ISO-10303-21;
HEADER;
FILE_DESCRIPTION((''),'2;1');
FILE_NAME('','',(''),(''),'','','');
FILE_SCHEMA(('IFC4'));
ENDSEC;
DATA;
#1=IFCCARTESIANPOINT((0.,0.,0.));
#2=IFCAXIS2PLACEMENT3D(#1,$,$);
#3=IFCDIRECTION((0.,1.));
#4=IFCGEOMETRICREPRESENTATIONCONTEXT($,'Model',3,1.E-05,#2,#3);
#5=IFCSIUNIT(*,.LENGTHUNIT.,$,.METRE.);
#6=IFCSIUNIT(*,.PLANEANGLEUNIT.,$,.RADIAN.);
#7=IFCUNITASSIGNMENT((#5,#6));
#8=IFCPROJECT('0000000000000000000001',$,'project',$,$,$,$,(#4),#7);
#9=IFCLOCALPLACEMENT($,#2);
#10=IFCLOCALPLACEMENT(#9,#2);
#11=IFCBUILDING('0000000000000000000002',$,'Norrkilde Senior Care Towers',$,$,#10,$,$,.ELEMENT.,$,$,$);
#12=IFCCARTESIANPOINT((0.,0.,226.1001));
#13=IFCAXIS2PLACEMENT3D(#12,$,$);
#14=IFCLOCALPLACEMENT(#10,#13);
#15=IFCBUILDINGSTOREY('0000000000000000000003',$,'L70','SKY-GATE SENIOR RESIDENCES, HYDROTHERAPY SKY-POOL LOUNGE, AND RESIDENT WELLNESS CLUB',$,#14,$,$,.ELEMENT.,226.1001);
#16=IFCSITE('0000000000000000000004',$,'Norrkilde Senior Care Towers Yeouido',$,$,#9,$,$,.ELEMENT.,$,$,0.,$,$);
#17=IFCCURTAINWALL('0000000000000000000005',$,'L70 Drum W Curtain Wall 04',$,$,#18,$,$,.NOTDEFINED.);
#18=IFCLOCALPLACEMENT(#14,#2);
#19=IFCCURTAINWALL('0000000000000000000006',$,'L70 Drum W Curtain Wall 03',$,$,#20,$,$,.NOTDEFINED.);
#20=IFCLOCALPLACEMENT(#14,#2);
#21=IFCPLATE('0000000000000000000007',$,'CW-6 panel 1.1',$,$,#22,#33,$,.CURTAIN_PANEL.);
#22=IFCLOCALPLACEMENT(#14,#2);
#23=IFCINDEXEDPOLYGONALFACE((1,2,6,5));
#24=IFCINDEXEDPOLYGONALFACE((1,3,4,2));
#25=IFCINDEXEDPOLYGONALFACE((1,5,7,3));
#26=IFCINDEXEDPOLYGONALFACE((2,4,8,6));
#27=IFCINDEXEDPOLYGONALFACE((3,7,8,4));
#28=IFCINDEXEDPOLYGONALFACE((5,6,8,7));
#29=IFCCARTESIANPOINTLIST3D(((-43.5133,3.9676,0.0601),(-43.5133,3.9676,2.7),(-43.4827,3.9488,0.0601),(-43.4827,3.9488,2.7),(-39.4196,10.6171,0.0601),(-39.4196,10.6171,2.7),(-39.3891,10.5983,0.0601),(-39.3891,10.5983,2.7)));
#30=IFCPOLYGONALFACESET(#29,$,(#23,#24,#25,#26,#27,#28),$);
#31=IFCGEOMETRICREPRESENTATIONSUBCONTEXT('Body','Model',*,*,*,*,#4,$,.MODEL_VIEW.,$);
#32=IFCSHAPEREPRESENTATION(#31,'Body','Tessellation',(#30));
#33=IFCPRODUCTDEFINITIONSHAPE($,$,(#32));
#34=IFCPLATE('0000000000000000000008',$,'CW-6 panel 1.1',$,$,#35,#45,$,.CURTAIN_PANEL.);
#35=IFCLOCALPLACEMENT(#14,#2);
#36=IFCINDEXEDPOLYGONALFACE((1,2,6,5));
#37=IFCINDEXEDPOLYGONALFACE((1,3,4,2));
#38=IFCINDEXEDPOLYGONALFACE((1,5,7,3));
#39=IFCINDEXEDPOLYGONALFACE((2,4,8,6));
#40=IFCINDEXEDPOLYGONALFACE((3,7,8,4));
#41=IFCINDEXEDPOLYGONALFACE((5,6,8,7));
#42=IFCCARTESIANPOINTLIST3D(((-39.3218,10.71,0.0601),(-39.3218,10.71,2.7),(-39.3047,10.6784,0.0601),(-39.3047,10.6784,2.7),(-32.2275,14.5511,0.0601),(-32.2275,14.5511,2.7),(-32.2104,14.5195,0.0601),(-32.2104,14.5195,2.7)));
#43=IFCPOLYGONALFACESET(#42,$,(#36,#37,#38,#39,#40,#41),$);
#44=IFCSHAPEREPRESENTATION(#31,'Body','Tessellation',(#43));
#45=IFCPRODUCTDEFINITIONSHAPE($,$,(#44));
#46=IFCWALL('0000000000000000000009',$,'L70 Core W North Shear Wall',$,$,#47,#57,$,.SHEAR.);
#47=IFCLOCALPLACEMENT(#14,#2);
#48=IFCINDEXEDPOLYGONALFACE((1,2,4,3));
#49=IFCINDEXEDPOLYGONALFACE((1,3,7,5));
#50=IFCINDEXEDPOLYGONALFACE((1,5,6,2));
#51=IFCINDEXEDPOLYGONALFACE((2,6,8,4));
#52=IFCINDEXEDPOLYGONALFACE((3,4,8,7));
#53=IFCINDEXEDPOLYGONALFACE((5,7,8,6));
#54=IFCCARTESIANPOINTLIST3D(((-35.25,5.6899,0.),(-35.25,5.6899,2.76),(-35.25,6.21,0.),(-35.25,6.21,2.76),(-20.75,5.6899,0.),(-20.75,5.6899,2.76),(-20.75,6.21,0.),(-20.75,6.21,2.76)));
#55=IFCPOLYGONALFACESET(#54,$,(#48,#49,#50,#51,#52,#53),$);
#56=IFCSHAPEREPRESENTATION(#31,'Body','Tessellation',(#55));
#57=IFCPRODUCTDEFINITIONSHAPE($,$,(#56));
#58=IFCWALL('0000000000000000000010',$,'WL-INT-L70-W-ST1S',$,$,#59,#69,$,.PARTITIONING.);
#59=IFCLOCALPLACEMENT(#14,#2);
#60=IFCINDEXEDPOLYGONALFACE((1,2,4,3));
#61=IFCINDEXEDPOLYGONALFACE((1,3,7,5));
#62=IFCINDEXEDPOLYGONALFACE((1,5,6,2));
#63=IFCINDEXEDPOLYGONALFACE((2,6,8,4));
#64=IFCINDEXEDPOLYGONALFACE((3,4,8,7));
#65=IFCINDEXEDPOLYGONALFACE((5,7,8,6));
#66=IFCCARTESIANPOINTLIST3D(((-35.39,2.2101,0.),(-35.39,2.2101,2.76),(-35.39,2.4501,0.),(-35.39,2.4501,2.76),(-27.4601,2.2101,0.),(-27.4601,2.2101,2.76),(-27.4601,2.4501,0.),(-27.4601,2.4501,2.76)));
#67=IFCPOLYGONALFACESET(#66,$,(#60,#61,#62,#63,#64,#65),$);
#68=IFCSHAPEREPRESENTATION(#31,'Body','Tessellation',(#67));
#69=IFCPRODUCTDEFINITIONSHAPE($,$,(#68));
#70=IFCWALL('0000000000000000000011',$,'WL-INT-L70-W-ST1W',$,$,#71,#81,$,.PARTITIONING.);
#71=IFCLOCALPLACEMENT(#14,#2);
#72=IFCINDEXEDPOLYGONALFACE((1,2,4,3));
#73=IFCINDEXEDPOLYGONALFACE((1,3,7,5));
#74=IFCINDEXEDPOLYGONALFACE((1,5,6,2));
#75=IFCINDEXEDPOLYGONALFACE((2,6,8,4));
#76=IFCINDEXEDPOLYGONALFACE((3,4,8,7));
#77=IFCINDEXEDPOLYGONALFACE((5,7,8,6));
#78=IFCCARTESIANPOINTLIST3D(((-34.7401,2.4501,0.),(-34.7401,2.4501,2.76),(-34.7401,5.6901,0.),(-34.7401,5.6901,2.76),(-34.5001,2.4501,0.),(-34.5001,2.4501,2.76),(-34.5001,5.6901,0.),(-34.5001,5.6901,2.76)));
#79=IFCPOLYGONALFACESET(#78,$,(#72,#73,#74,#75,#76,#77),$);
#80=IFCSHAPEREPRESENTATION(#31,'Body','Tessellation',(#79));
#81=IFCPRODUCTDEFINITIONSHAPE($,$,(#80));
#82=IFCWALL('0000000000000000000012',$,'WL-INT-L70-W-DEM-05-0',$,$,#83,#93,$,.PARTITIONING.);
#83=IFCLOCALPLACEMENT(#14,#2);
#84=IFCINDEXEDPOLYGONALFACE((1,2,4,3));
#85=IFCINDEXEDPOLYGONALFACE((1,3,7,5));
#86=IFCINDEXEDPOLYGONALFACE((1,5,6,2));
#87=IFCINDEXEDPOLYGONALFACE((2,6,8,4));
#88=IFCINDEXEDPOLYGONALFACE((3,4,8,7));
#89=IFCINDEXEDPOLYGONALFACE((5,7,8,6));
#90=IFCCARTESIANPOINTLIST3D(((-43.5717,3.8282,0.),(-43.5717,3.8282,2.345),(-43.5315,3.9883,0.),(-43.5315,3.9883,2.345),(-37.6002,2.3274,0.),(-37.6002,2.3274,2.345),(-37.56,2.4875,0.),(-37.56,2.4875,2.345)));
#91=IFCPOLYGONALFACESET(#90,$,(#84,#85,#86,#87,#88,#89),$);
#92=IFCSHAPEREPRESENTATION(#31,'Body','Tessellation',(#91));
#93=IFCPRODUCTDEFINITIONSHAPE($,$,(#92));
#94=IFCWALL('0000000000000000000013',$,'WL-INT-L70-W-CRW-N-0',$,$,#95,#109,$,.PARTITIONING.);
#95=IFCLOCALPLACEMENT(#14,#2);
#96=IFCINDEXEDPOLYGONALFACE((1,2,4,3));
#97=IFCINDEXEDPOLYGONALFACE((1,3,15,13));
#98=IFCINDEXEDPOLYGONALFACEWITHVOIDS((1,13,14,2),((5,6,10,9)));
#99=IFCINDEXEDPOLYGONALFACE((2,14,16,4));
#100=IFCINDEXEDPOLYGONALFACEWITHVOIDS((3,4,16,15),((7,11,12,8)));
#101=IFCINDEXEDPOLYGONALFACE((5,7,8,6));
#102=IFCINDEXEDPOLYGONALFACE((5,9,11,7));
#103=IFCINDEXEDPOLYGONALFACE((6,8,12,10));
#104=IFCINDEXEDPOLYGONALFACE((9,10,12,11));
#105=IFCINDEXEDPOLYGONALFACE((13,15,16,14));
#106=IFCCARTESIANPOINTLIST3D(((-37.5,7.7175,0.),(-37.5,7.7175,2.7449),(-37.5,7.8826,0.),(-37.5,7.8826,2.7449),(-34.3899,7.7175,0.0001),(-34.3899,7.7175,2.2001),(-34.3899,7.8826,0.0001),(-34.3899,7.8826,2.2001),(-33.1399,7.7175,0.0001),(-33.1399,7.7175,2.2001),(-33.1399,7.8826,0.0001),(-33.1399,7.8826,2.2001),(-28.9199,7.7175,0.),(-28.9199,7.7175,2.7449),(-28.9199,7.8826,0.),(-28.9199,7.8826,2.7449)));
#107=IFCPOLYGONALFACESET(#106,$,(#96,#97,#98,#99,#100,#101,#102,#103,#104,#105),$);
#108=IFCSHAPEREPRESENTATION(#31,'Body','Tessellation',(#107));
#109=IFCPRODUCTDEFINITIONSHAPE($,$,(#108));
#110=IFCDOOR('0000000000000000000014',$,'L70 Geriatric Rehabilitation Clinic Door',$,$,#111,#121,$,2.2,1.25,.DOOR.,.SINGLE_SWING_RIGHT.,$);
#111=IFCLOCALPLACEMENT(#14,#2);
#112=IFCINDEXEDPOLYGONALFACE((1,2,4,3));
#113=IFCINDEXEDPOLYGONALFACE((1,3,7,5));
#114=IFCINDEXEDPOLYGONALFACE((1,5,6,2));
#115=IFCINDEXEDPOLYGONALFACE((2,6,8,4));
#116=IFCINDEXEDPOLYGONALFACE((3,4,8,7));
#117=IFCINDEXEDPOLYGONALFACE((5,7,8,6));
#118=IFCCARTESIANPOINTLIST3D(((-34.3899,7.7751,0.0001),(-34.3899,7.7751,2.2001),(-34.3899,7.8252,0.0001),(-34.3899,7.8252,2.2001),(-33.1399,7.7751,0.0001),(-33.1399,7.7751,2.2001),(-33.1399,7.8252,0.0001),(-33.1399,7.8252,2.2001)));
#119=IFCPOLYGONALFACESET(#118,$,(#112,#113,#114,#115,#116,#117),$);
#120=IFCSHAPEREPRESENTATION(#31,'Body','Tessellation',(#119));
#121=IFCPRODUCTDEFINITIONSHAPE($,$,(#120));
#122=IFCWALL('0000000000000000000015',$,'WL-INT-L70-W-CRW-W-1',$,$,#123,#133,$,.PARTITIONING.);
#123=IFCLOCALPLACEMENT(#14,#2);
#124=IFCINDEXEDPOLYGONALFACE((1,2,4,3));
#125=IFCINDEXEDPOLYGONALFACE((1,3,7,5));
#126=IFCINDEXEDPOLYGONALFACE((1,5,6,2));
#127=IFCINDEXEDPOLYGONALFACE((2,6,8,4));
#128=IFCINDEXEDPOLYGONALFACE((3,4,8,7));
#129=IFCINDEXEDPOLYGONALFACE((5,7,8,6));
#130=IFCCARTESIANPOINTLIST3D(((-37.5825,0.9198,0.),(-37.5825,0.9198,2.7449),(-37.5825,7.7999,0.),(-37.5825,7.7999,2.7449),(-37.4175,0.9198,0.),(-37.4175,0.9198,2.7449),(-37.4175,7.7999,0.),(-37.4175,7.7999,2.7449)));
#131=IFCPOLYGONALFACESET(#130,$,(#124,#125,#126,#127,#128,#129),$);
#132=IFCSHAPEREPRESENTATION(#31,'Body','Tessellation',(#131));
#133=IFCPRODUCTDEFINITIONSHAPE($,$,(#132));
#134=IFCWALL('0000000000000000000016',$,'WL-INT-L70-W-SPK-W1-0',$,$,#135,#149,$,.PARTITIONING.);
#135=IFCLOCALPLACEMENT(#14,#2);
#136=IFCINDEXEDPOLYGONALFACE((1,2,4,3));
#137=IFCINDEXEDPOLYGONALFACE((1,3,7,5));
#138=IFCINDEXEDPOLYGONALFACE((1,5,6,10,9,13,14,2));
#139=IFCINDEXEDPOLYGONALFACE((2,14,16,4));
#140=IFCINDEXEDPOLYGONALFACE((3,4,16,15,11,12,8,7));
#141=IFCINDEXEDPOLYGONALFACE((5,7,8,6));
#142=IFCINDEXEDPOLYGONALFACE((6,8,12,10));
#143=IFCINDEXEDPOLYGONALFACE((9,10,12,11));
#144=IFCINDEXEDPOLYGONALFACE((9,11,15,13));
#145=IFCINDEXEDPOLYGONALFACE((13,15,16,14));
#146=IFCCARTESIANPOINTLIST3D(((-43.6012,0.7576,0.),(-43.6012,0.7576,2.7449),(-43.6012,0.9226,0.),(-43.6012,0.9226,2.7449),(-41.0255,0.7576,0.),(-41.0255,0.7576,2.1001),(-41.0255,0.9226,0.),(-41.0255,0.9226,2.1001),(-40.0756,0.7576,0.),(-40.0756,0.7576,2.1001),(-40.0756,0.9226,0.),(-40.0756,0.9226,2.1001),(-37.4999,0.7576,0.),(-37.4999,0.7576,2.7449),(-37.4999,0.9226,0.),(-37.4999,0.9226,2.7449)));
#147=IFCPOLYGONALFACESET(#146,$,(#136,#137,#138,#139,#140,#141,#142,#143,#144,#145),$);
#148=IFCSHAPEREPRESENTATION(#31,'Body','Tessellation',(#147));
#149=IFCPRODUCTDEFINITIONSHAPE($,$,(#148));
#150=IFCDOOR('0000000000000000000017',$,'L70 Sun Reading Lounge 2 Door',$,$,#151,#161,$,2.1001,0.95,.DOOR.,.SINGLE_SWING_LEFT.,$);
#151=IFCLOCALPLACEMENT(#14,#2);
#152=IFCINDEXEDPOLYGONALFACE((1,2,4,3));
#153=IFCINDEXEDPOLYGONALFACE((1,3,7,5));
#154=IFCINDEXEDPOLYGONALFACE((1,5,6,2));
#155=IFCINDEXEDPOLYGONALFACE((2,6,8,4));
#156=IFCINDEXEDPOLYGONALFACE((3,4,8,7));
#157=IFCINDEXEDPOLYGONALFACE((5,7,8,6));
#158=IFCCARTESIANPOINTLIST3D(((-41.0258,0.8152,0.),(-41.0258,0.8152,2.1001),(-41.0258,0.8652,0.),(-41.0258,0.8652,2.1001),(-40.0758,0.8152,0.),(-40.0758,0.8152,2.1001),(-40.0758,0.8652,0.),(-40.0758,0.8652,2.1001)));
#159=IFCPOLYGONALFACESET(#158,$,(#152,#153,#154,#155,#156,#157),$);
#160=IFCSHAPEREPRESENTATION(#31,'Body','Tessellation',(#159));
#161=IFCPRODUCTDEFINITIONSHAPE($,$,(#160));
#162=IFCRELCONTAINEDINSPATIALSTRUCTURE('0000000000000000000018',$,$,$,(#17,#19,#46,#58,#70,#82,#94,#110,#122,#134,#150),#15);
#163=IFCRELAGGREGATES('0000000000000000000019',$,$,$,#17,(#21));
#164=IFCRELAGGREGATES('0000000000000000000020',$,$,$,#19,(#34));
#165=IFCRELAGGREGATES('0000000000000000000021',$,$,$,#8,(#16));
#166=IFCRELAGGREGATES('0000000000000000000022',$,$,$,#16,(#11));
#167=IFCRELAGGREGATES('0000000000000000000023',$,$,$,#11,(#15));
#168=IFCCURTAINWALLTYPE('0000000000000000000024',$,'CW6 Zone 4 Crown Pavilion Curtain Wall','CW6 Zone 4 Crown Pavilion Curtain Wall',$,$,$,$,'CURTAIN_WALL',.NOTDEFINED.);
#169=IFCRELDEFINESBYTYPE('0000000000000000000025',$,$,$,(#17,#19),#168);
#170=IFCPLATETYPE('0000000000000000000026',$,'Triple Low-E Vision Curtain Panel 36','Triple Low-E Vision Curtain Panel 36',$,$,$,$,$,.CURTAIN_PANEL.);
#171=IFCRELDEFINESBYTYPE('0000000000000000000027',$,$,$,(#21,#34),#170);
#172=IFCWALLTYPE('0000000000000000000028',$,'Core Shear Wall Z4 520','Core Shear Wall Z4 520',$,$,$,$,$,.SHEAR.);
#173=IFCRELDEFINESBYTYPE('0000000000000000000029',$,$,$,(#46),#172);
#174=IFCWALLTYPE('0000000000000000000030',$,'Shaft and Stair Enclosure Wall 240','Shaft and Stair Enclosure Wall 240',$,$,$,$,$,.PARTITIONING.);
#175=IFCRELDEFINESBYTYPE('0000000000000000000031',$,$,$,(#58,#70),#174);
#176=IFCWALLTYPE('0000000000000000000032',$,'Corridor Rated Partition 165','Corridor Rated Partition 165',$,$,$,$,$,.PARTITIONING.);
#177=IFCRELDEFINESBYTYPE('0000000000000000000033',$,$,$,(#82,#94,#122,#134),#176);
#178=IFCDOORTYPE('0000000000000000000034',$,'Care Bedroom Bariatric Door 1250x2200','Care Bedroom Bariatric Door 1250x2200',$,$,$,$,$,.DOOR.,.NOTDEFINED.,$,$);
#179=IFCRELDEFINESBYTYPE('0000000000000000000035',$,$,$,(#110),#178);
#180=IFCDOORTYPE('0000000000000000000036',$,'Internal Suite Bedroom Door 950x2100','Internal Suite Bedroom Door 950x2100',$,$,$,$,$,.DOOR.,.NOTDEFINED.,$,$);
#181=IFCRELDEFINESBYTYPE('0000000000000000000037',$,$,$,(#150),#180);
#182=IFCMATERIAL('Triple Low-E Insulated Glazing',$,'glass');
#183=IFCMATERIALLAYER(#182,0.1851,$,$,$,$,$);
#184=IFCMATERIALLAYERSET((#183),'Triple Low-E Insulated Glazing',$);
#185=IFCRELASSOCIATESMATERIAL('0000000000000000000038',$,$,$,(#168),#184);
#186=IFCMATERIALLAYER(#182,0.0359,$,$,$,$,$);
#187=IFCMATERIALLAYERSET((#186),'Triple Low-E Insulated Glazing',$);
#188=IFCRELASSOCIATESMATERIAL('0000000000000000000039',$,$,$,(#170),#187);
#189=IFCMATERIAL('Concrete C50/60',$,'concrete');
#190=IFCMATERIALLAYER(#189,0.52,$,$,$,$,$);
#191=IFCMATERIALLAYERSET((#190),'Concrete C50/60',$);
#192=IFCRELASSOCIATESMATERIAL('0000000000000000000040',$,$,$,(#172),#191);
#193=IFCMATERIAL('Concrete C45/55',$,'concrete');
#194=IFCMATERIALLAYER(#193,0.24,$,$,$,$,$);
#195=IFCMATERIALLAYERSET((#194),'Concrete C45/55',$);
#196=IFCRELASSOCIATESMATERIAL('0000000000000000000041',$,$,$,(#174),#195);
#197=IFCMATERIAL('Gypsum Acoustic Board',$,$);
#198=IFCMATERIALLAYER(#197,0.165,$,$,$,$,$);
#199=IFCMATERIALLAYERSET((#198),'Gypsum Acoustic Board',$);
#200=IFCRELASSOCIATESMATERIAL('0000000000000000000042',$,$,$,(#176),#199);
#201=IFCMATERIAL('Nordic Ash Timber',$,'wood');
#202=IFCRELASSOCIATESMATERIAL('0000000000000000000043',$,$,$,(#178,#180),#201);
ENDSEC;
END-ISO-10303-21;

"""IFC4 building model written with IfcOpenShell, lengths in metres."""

from ifc_helpers import new_model, si_unit, direction, frame, frame_2d, origin, origin_2d, place, context, subcontext, project, spatial, rectangle, extrude, source, transform, mapped, material, layer, layer_set, type_object, type_shapes, element, fill, aggregate, save


model = new_model("IFC4")

# Units and contexts
model_context = context("Model", 3, precision=1e-05, world=origin(), true_north=direction((0.0, 1.0)))
body_context = subcontext(model_context, "Body", "Model", "MODEL_VIEW")
ifc_project = project(units=[si_unit("LENGTHUNIT", "METRE"), si_unit("PLANEANGLEUNIT", "RADIAN")], contexts=[model_context])

# Site, building, storey
site_placement = place(None, origin())
site = spatial("IfcSite", under=ifc_project, at=site_placement, Name="Norrkilde Senior Care Towers Yeouido", CompositionType="ELEMENT", RefElevation=0.0)
building_placement = place(site_placement, origin())
building = spatial("IfcBuilding", under=site, at=building_placement, Name="Norrkilde Senior Care Towers", CompositionType="ELEMENT")
storey_placement = place(building_placement, frame((0.0, 0.0, 226.1001)))
storey = spatial("IfcBuildingStorey", under=building, at=storey_placement, Name="L70", Description="SKY-GATE SENIOR RESIDENCES, HYDROTHERAPY SKY-POOL LOUNGE, AND RESIDENT WELLNESS CLUB", CompositionType="ELEMENT", Elevation=226.1001)

# Shared definitions
ifc_material_1 = material(Name="Concrete C50/60", Category="concrete")

# Curtain walls
ifc_material_2 = material(Name="Triple Low-E Insulated Glazing", Category="glass")
ifc_layer_1 = layer(ifc_material_2, 0.1851)
ifc_layer_set_1 = layer_set([ifc_layer_1], Name="Triple Low-E Insulated Glazing")
curtain_wall_type = type_object("IfcCurtainWallType", Name="CW6 Zone 4 Crown Pavilion Curtain Wall", Description="CW6 Zone 4 Crown Pavilion Curtain Wall", ElementType="CURTAIN_WALL", PredefinedType="NOTDEFINED", material=ifc_layer_set_1)
curtain_wall_1_placement = place(storey_placement, origin())
curtain_wall_1 = element("IfcCurtainWall", 1, at=curtain_wall_1_placement, inside=storey, type_object=curtain_wall_type, Name="L70 Drum W Curtain Wall 04", PredefinedType="NOTDEFINED")
curtain_wall_2_placement = place(storey_placement, origin())
curtain_wall_2 = element("IfcCurtainWall", 2, at=curtain_wall_2_placement, inside=storey, type_object=curtain_wall_type, Name="L70 Drum W Curtain Wall 03", PredefinedType="NOTDEFINED")

# Plates
ifc_layer_2 = layer(ifc_material_2, 0.0359)
ifc_layer_set_2 = layer_set([ifc_layer_2], Name="Triple Low-E Insulated Glazing")
plate_type = type_object("IfcPlateType", Name="Triple Low-E Vision Curtain Panel 36", Description="Triple Low-E Vision Curtain Panel 36", PredefinedType="CURTAIN_PANEL", material=ifc_layer_set_2)
shared_shape_1 = source(origin(), body_context, "Body", "SweptSolid", [
    extrude(rectangle(XDim=7.8086, YDim=0.0359, at=origin_2d()), origin(), (0.0, 0.0, 1.0), 2.6399),
])
plate_1_placement = place(storey_placement, frame((-41.4512, 7.283, 0.0601), z_axis=(0.0, 0.0, 1.0), x_axis=(0.524253, 0.851563, 0.0)))
plate_1 = element("IfcPlate", 3, at=plate_1_placement, type_object=plate_type, Name="CW-6 panel 1.1", PredefinedType="CURTAIN_PANEL", context=body_context, shape_type="MappedRepresentation", body=[
    mapped(shared_shape_1, transform((0.0, 0.0, 0.0), x_axis=(1.0, 0.0, 0.0), y_axis=(0.0, 1.0, 0.0), z_axis=(0.0, 0.0, 1.0), scale=1.0)),
])
aggregate(curtain_wall_1, [plate_1])
shared_shape_2 = source(origin(), body_context, "Body", "SweptSolid", [
    extrude(rectangle(XDim=8.0674, YDim=0.0359, at=origin_2d()), origin(), (0.0, 0.0, 1.0), 2.6399),
])
type_shapes(plate_type, [shared_shape_1, shared_shape_2])
plate_2_placement = place(storey_placement, frame((-35.7661, 12.6147, 0.0601), z_axis=(0.0, 0.0, 1.0), x_axis=(0.879373, 0.476133, 0.0)))
plate_2 = element("IfcPlate", 4, at=plate_2_placement, type_object=plate_type, Name="CW-6 panel 1.1", PredefinedType="CURTAIN_PANEL", context=body_context, shape_type="MappedRepresentation", body=[
    mapped(shared_shape_2, transform((0.0, 0.0, 0.0), x_axis=(1.0, 0.0, 0.0), y_axis=(0.0, 1.0, 0.0), z_axis=(0.0, 0.0, 1.0), scale=1.0)),
])
aggregate(curtain_wall_2, [plate_2])

# Walls
ifc_layer_3 = layer(ifc_material_1, 0.52)
ifc_layer_set_3 = layer_set([ifc_layer_3], Name="Concrete C50/60")
wall_type_1 = type_object("IfcWallType", Name="Core Shear Wall Z4 520", Description="Core Shear Wall Z4 520", PredefinedType="SHEAR", material=ifc_layer_set_3)
shared_shape_3 = source(origin(), body_context, "Body", "SweptSolid", [
    extrude(rectangle(XDim=14.5, YDim=0.52, at=frame_2d((7.25, 0.0))), origin(), (0.0, 0.0, 1.0), 2.76),
])
type_shapes(wall_type_1, [shared_shape_3])
wall_1_placement = place(storey_placement, frame((-35.25, 5.95, 0.0), z_axis=(0.0, 0.0, 1.0), x_axis=(1.0, 0.0, 0.0)))
element("IfcWall", 5, at=wall_1_placement, inside=storey, type_object=wall_type_1, Name="L70 Core W North Shear Wall", PredefinedType="SHEAR", context=body_context, shape_type="MappedRepresentation", body=[
    mapped(shared_shape_3, transform((0.0, 0.0, 0.0), x_axis=(1.0, 0.0, 0.0), y_axis=(0.0, 1.0, 0.0), z_axis=(0.0, 0.0, 1.0), scale=1.0)),
])
ifc_material_3 = material(Name="Concrete C45/55", Category="concrete")
ifc_layer_4 = layer(ifc_material_3, 0.24)
ifc_layer_set_4 = layer_set([ifc_layer_4], Name="Concrete C45/55")
wall_type_2 = type_object("IfcWallType", Name="Shaft and Stair Enclosure Wall 240", Description="Shaft and Stair Enclosure Wall 240", PredefinedType="PARTITIONING", material=ifc_layer_set_4)
shared_shape_4 = source(origin(), body_context, "Body", "SweptSolid", [
    extrude(rectangle(XDim=7.9299, YDim=0.24, at=frame_2d((3.9648, 0.0))), origin(), (0.0, 0.0, 1.0), 2.76),
])
wall_2_placement = place(storey_placement, frame((-35.3899, 2.3301, 0.0), z_axis=(0.0, 0.0, 1.0), x_axis=(1.0, 0.0, 0.0)))
element("IfcWall", 6, at=wall_2_placement, inside=storey, type_object=wall_type_2, Name="WL-INT-L70-W-ST1S", PredefinedType="PARTITIONING", context=body_context, shape_type="MappedRepresentation", body=[
    mapped(shared_shape_4, transform((0.0, 0.0, 0.0), x_axis=(1.0, 0.0, 0.0), y_axis=(0.0, 1.0, 0.0), z_axis=(0.0, 0.0, 1.0), scale=1.0)),
])
shared_shape_5 = source(origin(), body_context, "Body", "SweptSolid", [
    extrude(rectangle(XDim=3.24, YDim=0.24, at=frame_2d((1.6201, 0.0))), origin(), (0.0, 0.0, 1.0), 2.76),
])
type_shapes(wall_type_2, [shared_shape_4, shared_shape_5])
wall_3_placement = place(storey_placement, frame((-34.6201, 2.45, 0.0), z_axis=(0.0, 0.0, 1.0), x_axis=(0.0, 1.0, 0.0)))
element("IfcWall", 7, at=wall_3_placement, inside=storey, type_object=wall_type_2, Name="WL-INT-L70-W-ST1W", PredefinedType="PARTITIONING", context=body_context, shape_type="MappedRepresentation", body=[
    mapped(shared_shape_5, transform((0.0, 0.0, 0.0), x_axis=(1.0, 0.0, 0.0), y_axis=(0.0, 1.0, 0.0), z_axis=(0.0, 0.0, 1.0), scale=1.0)),
])
ifc_material_4 = material(Name="Gypsum Acoustic Board")
ifc_layer_5 = layer(ifc_material_4, 0.165)
ifc_layer_set_5 = layer_set([ifc_layer_5], Name="Gypsum Acoustic Board")
wall_type_3 = type_object("IfcWallType", Name="Corridor Rated Partition 165", Description="Corridor Rated Partition 165", PredefinedType="PARTITIONING", material=ifc_layer_set_5)
shared_shape_6 = source(origin(), body_context, "Body", "SweptSolid", [
    extrude(rectangle(XDim=6.1572, YDim=0.165, at=frame_2d((3.0786, 0.0))), origin(), (0.0, 0.0, 1.0), 2.345),
])
wall_4_placement = place(storey_placement, frame((-37.5801, 2.4075, 0.0), z_axis=(0.0, 0.0, 1.0), x_axis=(-0.969841, 0.243739, 0.0)))
element("IfcWall", 8, at=wall_4_placement, inside=storey, type_object=wall_type_3, Name="WL-INT-L70-W-DEM-05-0", PredefinedType="PARTITIONING", context=body_context, shape_type="MappedRepresentation", body=[
    mapped(shared_shape_6, transform((0.0, 0.0, 0.0), x_axis=(1.0, 0.0, 0.0), y_axis=(0.0, 1.0, 0.0), z_axis=(0.0, 0.0, 1.0), scale=1.0)),
])

# Wall, opening, door
shared_shape_7 = source(origin(), body_context, "Body", "SweptSolid", [
    extrude(rectangle(XDim=8.5801, YDim=0.165, at=frame_2d((4.29, 0.0))), origin(), (0.0, 0.0, 1.0), 2.7449),
])
wall_5_placement = place(storey_placement, frame((-37.5, 7.8, 0.0), z_axis=(0.0, 0.0, 1.0), x_axis=(1.0, 0.0, 0.0)))
wall_5 = element("IfcWall", 9, at=wall_5_placement, inside=storey, type_object=wall_type_3, Name="WL-INT-L70-W-CRW-N-0", PredefinedType="PARTITIONING", context=body_context, shape_type="MappedRepresentation", body=[
    mapped(shared_shape_7, transform((0.0, 0.0, 0.0), x_axis=(1.0, 0.0, 0.0), y_axis=(0.0, 1.0, 0.0), z_axis=(0.0, 0.0, 1.0), scale=1.0)),
])
opening_1_placement = place(wall_5_placement, frame((3.1101, 0.0, 0.0)))
opening_1 = element("IfcOpeningElement", 10, at=opening_1_placement, cuts=wall_5, PredefinedType="OPENING", context=body_context, shape_type="SweptSolid", body=[
    extrude(rectangle(XDim=1.25, YDim=2.2, at=frame_2d((0.625, 1.1001))), frame((0.0, 0.0925, 0.0), z_axis=(0.0, -1.0, 0.0), x_axis=(1.0, 0.0, 0.0)), (0.0, 0.0, 1.0), 0.1851),
])
ifc_material_5 = material(Name="Nordic Ash Timber", Category="wood")
door_type_1 = type_object("IfcDoorType", Name="Care Bedroom Bariatric Door 1250x2200", Description="Care Bedroom Bariatric Door 1250x2200", OperationType="NOTDEFINED", PredefinedType="DOOR", material=ifc_material_5)
shared_shape_8 = source(origin(), body_context, "Body", "SweptSolid", [
    extrude(rectangle(XDim=1.25, YDim=2.2, at=frame_2d((0.625, 1.1001))), frame((0.0, 0.0249, 0.0), z_axis=(0.0, -1.0, 0.0), x_axis=(1.0, 0.0, 0.0)), (0.0, 0.0, 1.0), 0.05),
])
type_shapes(door_type_1, [shared_shape_8])
door_1_placement = place(opening_1_placement, frame((1.25, 0.0, 0.0), z_axis=(0.0, 0.0, 1.0), x_axis=(-1.0, 0.0, 0.0)))
door_1 = element("IfcDoor", 11, at=door_1_placement, inside=storey, type_object=door_type_1, Name="L70 Geriatric Rehabilitation Clinic Door", OperationType="SINGLE_SWING_RIGHT", OverallHeight=2.2, OverallWidth=1.25, PredefinedType="DOOR", context=body_context, shape_type="MappedRepresentation", body=[
    mapped(shared_shape_8, transform((0.0, 0.0, 0.0), x_axis=(1.0, 0.0, 0.0), y_axis=(0.0, 1.0, 0.0), z_axis=(0.0, 0.0, 1.0), scale=1.0)),
])
fill(opening_1, door_1)

# Wall
shared_shape_9 = source(origin(), body_context, "Body", "SweptSolid", [
    extrude(rectangle(XDim=6.8801, YDim=0.165, at=frame_2d((3.4399, 0.0))), origin(), (0.0, 0.0, 1.0), 2.7449),
])
wall_6_placement = place(storey_placement, frame((-37.5, 0.9199, 0.0), z_axis=(0.0, 0.0, 1.0), x_axis=(0.0, 1.0, 0.0)))
element("IfcWall", 12, at=wall_6_placement, inside=storey, type_object=wall_type_3, Name="WL-INT-L70-W-CRW-W-1", PredefinedType="PARTITIONING", context=body_context, shape_type="MappedRepresentation", body=[
    mapped(shared_shape_9, transform((0.0, 0.0, 0.0), x_axis=(1.0, 0.0, 0.0), y_axis=(0.0, 1.0, 0.0), z_axis=(0.0, 0.0, 1.0), scale=1.0)),
])

# Wall, opening, door
shared_shape_10 = source(origin(), body_context, "Body", "SweptSolid", [
    extrude(rectangle(XDim=6.1013, YDim=0.165, at=frame_2d((3.0508, 0.0))), origin(), (0.0, 0.0, 1.0), 2.7449),
])
type_shapes(wall_type_3, [shared_shape_6, shared_shape_7, shared_shape_9, shared_shape_10])
wall_7_placement = place(storey_placement, frame((-43.6013, 0.8401, 0.0), z_axis=(0.0, 0.0, 1.0), x_axis=(1.0, 0.0, 0.0)))
wall_7 = element("IfcWall", 13, at=wall_7_placement, inside=storey, type_object=wall_type_3, Name="WL-INT-L70-W-SPK-W1-0", PredefinedType="PARTITIONING", context=body_context, shape_type="MappedRepresentation", body=[
    mapped(shared_shape_10, transform((0.0, 0.0, 0.0), x_axis=(1.0, 0.0, 0.0), y_axis=(0.0, 1.0, 0.0), z_axis=(0.0, 0.0, 1.0), scale=1.0)),
])
opening_2_placement = place(wall_7_placement, frame((2.5757, 0.0, 0.0)))
opening_2 = element("IfcOpeningElement", 14, at=opening_2_placement, cuts=wall_7, PredefinedType="OPENING", context=body_context, shape_type="SweptSolid", body=[
    extrude(rectangle(XDim=0.95, YDim=2.1001, at=frame_2d((0.4751, 1.05))), frame((0.0, 0.0925, 0.0), z_axis=(0.0, -1.0, 0.0), x_axis=(1.0, 0.0, 0.0)), (0.0, 0.0, 1.0), 0.1851),
])
door_type_2 = type_object("IfcDoorType", Name="Internal Suite Bedroom Door 950x2100", Description="Internal Suite Bedroom Door 950x2100", OperationType="NOTDEFINED", PredefinedType="DOOR", material=ifc_material_5)
shared_shape_11 = source(origin(), body_context, "Body", "SweptSolid", [
    extrude(rectangle(XDim=0.95, YDim=2.1001, at=frame_2d((0.4751, 1.05))), frame((0.0, 0.0249, 0.0), z_axis=(0.0, -1.0, 0.0), x_axis=(1.0, 0.0, 0.0)), (0.0, 0.0, 1.0), 0.05),
])
type_shapes(door_type_2, [shared_shape_11])
door_2_placement = place(opening_2_placement, frame((0.95, 0.0, 0.0), z_axis=(0.0, 0.0, 1.0), x_axis=(-1.0, 0.0, 0.0)))
door_2 = element("IfcDoor", 15, at=door_2_placement, inside=storey, type_object=door_type_2, Name="L70 Sun Reading Lounge 2 Door", OperationType="SINGLE_SWING_LEFT", OverallHeight=2.1001, OverallWidth=0.95, PredefinedType="DOOR", context=body_context, shape_type="MappedRepresentation", body=[
    mapped(shared_shape_11, transform((0.0, 0.0, 0.0), x_axis=(1.0, 0.0, 0.0), y_axis=(0.0, 1.0, 0.0), z_axis=(0.0, 0.0, 1.0), scale=1.0)),
])
fill(opening_2, door_2)

save(model, "model.ifc")
